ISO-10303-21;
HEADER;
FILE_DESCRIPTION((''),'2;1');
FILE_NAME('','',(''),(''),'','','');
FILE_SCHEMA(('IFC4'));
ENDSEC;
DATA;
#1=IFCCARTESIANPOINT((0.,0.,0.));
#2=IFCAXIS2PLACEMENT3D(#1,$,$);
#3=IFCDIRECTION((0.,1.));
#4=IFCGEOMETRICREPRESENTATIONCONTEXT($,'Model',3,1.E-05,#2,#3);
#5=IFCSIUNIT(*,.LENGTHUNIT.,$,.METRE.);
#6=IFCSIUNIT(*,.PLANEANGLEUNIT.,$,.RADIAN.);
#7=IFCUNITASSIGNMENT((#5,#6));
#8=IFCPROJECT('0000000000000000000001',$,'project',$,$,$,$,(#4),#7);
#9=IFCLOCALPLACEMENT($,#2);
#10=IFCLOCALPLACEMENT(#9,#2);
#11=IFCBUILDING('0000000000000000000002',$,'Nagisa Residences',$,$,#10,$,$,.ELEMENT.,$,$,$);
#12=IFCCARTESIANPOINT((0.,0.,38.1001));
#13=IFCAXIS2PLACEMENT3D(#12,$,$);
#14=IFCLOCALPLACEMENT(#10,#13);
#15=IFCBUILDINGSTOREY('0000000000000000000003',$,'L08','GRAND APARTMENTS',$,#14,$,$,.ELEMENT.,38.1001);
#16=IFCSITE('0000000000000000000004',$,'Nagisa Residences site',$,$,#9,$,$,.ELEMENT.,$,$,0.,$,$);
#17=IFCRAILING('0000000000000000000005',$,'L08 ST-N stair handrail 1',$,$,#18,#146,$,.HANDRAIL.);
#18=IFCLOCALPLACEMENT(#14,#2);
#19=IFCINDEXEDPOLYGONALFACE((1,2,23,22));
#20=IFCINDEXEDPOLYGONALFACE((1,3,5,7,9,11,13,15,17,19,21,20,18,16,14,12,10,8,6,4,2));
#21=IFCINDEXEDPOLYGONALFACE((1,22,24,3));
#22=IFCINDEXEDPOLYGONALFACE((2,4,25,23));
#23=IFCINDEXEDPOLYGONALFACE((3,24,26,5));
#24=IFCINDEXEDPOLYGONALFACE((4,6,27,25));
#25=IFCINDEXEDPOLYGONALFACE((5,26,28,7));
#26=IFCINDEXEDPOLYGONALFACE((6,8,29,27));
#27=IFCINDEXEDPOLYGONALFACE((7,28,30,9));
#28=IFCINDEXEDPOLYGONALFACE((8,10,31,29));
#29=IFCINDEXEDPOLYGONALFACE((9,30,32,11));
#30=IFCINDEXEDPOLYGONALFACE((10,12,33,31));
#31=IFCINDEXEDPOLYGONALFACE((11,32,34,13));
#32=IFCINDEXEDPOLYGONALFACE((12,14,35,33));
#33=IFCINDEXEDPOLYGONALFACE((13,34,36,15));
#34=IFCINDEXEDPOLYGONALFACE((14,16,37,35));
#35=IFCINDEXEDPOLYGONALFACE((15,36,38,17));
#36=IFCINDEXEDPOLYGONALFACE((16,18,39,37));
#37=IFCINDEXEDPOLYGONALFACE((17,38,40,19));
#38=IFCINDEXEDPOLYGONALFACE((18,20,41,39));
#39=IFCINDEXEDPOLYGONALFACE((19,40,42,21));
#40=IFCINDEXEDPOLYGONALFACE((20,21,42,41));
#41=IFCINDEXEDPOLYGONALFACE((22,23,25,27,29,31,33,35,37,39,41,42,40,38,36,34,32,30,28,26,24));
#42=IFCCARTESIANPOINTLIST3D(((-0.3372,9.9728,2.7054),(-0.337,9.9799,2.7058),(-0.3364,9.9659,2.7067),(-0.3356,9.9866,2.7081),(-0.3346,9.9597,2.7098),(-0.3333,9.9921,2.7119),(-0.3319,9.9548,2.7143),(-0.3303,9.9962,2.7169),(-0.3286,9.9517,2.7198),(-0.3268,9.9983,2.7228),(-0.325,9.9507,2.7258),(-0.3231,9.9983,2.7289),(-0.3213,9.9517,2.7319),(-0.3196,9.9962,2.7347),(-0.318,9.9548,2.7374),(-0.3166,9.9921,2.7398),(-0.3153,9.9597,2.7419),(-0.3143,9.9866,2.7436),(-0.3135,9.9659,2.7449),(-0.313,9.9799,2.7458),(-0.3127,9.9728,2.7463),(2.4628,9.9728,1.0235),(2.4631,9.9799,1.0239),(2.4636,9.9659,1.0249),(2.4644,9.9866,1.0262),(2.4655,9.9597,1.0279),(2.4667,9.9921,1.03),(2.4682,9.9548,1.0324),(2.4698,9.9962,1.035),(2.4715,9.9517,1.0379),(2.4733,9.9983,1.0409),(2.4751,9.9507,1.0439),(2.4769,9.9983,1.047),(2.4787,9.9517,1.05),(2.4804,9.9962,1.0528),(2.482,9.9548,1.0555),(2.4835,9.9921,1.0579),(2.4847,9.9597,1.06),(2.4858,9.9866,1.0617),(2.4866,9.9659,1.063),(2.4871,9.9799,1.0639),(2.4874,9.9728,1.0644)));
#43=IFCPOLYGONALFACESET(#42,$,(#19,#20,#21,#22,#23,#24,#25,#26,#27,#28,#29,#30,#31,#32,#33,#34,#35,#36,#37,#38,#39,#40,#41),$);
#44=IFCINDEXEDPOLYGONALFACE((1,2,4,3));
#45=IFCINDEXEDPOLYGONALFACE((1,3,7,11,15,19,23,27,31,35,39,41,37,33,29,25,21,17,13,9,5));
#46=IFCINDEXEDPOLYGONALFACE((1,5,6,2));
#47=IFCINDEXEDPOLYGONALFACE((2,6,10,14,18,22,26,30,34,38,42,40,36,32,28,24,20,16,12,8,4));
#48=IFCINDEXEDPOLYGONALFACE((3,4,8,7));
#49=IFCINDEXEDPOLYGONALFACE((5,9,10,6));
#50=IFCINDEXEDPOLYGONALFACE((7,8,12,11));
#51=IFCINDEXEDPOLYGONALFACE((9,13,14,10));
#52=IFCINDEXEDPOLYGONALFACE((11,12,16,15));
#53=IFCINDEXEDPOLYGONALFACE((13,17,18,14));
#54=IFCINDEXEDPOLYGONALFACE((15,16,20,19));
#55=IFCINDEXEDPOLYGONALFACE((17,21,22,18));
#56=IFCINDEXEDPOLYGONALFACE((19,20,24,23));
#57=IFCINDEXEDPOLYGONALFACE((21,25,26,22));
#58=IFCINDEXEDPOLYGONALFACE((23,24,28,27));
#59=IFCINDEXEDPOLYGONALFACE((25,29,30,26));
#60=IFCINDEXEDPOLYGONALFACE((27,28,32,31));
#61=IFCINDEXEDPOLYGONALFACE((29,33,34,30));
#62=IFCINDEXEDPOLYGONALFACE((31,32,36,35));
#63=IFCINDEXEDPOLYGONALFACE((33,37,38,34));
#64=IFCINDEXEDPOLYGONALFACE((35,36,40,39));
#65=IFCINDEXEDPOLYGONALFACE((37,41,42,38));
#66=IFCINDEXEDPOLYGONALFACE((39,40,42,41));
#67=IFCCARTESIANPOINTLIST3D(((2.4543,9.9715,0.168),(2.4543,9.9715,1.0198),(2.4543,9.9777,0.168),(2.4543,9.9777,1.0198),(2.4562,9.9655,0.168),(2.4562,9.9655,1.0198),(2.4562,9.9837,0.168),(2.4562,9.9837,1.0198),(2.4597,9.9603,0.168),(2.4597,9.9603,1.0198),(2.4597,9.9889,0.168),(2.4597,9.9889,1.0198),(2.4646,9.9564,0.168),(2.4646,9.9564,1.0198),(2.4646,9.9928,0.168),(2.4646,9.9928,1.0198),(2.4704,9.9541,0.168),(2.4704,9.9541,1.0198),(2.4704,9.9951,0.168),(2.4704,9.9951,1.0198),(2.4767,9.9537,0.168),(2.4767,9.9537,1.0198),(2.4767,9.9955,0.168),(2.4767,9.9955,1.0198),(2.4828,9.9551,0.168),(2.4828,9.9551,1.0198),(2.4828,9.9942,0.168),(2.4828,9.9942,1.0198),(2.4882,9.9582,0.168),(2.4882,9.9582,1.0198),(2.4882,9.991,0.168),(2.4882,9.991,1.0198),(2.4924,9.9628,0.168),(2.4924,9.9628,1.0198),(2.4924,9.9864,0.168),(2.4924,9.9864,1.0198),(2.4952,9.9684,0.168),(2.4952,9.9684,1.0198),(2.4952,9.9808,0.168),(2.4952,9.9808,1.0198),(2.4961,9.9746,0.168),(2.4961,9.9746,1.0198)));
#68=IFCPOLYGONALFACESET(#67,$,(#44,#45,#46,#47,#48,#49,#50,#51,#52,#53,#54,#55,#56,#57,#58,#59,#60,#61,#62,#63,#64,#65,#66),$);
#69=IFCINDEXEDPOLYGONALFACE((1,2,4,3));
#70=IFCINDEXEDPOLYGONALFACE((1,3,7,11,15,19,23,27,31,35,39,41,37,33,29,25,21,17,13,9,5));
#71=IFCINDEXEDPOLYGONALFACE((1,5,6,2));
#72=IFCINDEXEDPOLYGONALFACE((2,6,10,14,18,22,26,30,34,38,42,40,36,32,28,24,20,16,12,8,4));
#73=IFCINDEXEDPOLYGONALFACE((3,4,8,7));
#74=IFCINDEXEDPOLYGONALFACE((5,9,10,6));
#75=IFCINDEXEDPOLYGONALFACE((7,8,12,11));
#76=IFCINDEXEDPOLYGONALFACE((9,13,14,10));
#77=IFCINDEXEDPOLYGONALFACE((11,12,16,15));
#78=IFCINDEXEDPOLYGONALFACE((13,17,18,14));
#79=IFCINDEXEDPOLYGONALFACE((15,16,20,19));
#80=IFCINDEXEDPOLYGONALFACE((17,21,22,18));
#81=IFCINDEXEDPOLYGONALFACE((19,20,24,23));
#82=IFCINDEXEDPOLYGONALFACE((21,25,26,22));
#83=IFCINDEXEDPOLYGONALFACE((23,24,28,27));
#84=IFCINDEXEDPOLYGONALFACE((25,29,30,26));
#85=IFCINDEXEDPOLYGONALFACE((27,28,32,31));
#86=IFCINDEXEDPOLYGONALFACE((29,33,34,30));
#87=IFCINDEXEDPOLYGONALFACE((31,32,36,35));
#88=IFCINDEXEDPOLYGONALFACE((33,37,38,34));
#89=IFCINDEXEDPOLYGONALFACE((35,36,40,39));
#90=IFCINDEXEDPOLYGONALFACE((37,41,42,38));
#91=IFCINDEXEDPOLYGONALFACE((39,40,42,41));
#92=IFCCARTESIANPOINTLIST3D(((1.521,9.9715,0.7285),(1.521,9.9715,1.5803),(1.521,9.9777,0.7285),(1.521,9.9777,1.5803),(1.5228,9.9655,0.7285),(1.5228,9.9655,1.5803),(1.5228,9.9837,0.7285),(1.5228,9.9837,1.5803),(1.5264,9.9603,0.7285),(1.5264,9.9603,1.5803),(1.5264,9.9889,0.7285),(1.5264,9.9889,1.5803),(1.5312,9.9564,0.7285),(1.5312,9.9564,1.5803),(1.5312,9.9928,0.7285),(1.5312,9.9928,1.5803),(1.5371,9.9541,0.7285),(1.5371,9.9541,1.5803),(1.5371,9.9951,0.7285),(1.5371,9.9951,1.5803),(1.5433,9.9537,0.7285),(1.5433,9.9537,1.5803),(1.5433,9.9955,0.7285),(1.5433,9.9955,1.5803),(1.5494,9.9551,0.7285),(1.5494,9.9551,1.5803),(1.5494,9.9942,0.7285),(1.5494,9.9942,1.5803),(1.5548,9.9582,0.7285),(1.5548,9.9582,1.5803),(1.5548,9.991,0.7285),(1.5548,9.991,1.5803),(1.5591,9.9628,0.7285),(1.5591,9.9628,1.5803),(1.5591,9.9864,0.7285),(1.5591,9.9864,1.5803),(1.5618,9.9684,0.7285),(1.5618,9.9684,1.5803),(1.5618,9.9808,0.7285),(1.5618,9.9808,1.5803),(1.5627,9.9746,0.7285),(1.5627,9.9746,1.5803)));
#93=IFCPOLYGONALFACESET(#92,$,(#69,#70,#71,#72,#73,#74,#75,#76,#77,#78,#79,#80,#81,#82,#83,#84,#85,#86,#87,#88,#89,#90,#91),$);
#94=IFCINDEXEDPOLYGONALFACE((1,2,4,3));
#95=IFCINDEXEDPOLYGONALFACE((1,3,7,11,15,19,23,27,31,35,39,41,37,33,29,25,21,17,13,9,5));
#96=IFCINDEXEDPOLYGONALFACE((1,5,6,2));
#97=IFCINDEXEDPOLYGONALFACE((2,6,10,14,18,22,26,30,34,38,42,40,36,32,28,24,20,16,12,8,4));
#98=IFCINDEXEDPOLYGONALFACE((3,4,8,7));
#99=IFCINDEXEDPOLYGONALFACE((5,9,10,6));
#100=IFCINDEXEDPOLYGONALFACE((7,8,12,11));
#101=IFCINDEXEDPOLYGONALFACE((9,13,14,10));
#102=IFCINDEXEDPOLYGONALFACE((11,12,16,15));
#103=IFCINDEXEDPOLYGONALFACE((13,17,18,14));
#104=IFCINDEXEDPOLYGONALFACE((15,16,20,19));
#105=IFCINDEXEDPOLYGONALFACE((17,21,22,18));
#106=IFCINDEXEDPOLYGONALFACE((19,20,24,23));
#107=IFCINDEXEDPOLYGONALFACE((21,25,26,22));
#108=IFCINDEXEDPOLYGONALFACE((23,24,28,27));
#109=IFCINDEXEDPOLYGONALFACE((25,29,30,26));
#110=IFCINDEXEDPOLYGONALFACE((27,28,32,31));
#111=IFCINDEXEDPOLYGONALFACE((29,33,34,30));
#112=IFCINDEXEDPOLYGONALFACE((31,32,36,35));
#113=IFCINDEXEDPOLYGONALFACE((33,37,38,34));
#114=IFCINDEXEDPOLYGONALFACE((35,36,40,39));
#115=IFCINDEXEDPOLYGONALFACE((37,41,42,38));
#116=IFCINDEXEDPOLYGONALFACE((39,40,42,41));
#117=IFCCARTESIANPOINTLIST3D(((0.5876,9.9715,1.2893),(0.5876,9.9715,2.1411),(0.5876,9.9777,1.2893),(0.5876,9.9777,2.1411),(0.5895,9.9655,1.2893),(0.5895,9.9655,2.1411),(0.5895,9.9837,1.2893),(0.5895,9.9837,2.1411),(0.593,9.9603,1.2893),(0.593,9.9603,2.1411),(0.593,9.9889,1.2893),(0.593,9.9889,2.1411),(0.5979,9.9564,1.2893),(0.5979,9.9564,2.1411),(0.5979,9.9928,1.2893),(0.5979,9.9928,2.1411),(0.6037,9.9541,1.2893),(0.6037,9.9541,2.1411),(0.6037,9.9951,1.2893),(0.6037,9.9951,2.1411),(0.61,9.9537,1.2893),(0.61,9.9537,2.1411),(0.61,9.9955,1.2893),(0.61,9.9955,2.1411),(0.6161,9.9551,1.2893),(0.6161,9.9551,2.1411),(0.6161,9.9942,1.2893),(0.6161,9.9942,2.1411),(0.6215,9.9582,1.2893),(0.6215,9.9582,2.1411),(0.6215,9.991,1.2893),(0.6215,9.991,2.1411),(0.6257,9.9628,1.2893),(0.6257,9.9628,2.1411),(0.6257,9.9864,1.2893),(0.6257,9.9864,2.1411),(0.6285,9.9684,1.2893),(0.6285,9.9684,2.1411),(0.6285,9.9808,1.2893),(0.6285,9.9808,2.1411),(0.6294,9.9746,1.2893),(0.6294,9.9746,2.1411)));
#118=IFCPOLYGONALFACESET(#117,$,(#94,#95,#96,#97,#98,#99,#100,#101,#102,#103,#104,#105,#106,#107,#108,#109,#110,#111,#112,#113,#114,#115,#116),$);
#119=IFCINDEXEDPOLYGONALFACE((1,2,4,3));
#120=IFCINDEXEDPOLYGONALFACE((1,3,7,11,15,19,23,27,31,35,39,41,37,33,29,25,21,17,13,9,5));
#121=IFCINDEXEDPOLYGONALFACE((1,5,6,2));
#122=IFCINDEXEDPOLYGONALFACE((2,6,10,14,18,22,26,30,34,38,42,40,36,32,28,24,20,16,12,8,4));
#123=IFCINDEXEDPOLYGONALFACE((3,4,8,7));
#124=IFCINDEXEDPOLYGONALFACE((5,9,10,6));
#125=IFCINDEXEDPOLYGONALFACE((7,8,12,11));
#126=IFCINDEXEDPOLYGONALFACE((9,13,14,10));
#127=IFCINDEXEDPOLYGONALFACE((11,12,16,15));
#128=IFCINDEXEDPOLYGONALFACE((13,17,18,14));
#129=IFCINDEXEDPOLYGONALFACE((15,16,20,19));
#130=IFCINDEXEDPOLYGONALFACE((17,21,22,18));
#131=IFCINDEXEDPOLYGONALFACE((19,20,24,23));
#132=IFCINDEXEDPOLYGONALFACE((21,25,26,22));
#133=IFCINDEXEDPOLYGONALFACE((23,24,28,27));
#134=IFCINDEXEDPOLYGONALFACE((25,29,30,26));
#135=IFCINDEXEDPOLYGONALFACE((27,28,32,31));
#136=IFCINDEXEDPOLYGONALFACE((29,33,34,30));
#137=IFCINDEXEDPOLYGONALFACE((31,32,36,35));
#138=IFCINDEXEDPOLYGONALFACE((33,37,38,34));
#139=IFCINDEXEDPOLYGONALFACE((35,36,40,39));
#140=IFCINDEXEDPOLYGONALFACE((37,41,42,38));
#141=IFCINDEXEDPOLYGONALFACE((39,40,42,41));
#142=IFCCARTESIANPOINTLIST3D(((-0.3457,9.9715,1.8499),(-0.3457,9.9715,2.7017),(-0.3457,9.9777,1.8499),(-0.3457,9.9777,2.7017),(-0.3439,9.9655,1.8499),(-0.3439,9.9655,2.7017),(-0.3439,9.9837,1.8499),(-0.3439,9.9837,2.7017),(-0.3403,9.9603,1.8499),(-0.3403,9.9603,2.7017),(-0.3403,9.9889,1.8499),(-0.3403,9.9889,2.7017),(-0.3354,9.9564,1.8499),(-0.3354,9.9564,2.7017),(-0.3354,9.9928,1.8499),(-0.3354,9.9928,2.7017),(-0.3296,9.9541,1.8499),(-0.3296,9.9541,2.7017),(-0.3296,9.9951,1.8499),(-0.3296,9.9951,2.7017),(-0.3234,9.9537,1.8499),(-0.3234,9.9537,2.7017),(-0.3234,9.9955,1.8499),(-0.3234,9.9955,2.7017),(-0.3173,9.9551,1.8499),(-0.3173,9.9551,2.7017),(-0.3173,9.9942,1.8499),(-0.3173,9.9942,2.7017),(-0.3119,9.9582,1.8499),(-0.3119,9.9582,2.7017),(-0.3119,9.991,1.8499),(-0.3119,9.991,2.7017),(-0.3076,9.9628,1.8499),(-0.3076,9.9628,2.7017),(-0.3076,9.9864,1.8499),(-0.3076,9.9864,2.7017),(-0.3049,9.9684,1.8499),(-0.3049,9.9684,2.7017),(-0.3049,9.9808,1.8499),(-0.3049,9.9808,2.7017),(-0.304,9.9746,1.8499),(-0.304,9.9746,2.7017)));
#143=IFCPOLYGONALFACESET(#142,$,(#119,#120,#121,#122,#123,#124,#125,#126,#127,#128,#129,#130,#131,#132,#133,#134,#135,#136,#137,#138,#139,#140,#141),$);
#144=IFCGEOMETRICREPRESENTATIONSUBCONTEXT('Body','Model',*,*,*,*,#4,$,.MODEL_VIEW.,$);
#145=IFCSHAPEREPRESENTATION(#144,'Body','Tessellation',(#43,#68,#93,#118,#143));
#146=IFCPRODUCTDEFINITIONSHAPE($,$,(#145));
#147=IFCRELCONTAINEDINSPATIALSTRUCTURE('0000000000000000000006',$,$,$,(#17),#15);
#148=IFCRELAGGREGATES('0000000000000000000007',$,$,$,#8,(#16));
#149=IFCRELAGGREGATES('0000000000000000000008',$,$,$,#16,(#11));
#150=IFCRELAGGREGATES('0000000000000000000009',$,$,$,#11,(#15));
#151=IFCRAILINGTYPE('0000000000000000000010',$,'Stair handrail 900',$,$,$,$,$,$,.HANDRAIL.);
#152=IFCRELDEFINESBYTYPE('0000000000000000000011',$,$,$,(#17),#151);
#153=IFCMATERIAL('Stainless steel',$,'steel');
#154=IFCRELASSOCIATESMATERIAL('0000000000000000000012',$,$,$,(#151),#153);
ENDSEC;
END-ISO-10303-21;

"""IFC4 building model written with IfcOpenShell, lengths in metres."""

from ifc_helpers import new_model, si_unit, direction, frame, origin, origin_2d, place, context, subcontext, project, spatial, circle, extrude, material, type_object, element, save


model = new_model("IFC4")

# Units and contexts
model_context = context("Model", 3, precision=1e-05, world=origin(), true_north=direction((0.0, 1.0)))
body_context = subcontext(model_context, "Body", "Model", "MODEL_VIEW")
ifc_project = project(units=[si_unit("LENGTHUNIT", "METRE"), si_unit("PLANEANGLEUNIT", "RADIAN")], contexts=[model_context])

# Site, building, storey
site_placement = place(None, origin())
site = spatial("IfcSite", under=ifc_project, at=site_placement, Name="Nagisa Residences site", CompositionType="ELEMENT", RefElevation=0.0)
building_placement = place(site_placement, origin())
building = spatial("IfcBuilding", under=site, at=building_placement, Name="Nagisa Residences", CompositionType="ELEMENT")
storey_placement = place(building_placement, frame((0.0, 0.0, 38.1001)))
storey = spatial("IfcBuildingStorey", under=building, at=storey_placement, Name="L08", Description="GRAND APARTMENTS", CompositionType="ELEMENT", Elevation=38.1001)

# Railing
ifc_material_1 = material(Name="Stainless steel", Category="steel")
railing_type_1 = type_object("IfcRailingType", Name="Stair handrail 900", PredefinedType="HANDRAIL", material=ifc_material_1)
railing_1_placement = place(storey_placement, frame((2.4751, 9.9746, 0.168)))
element("IfcRailing", 1, at=railing_1_placement, inside=storey, type_object=railing_type_1, Name="L08 ST-N stair handrail 1", PredefinedType="HANDRAIL", context=body_context, shape_type="SweptSolid", body=[
    extrude(circle(Radius=0.0239, at=origin_2d()), frame((0.0, 0.0, 0.876), z_axis=(-0.857242, 0.0, 0.514913), x_axis=(0.0, -1.0, 0.0)), (0.0, 0.0, 1.0), 3.2664),
    extrude(circle(Radius=0.021, at=origin_2d()), origin(), (0.0, 0.0, 1.0), 0.8518),
    extrude(circle(Radius=0.021, at=origin_2d()), frame((-0.9333, 0.0, 0.5605)), (0.0, 0.0, 1.0), 0.8518),
    extrude(circle(Radius=0.021, at=origin_2d()), frame((-1.8667, 0.0, 1.1213)), (0.0, 0.0, 1.0), 0.8518),
    extrude(circle(Radius=0.021, at=origin_2d()), frame((-2.8, 0.0, 1.6819)), (0.0, 0.0, 1.0), 0.8518),
])

save(model, "model.ifc")
